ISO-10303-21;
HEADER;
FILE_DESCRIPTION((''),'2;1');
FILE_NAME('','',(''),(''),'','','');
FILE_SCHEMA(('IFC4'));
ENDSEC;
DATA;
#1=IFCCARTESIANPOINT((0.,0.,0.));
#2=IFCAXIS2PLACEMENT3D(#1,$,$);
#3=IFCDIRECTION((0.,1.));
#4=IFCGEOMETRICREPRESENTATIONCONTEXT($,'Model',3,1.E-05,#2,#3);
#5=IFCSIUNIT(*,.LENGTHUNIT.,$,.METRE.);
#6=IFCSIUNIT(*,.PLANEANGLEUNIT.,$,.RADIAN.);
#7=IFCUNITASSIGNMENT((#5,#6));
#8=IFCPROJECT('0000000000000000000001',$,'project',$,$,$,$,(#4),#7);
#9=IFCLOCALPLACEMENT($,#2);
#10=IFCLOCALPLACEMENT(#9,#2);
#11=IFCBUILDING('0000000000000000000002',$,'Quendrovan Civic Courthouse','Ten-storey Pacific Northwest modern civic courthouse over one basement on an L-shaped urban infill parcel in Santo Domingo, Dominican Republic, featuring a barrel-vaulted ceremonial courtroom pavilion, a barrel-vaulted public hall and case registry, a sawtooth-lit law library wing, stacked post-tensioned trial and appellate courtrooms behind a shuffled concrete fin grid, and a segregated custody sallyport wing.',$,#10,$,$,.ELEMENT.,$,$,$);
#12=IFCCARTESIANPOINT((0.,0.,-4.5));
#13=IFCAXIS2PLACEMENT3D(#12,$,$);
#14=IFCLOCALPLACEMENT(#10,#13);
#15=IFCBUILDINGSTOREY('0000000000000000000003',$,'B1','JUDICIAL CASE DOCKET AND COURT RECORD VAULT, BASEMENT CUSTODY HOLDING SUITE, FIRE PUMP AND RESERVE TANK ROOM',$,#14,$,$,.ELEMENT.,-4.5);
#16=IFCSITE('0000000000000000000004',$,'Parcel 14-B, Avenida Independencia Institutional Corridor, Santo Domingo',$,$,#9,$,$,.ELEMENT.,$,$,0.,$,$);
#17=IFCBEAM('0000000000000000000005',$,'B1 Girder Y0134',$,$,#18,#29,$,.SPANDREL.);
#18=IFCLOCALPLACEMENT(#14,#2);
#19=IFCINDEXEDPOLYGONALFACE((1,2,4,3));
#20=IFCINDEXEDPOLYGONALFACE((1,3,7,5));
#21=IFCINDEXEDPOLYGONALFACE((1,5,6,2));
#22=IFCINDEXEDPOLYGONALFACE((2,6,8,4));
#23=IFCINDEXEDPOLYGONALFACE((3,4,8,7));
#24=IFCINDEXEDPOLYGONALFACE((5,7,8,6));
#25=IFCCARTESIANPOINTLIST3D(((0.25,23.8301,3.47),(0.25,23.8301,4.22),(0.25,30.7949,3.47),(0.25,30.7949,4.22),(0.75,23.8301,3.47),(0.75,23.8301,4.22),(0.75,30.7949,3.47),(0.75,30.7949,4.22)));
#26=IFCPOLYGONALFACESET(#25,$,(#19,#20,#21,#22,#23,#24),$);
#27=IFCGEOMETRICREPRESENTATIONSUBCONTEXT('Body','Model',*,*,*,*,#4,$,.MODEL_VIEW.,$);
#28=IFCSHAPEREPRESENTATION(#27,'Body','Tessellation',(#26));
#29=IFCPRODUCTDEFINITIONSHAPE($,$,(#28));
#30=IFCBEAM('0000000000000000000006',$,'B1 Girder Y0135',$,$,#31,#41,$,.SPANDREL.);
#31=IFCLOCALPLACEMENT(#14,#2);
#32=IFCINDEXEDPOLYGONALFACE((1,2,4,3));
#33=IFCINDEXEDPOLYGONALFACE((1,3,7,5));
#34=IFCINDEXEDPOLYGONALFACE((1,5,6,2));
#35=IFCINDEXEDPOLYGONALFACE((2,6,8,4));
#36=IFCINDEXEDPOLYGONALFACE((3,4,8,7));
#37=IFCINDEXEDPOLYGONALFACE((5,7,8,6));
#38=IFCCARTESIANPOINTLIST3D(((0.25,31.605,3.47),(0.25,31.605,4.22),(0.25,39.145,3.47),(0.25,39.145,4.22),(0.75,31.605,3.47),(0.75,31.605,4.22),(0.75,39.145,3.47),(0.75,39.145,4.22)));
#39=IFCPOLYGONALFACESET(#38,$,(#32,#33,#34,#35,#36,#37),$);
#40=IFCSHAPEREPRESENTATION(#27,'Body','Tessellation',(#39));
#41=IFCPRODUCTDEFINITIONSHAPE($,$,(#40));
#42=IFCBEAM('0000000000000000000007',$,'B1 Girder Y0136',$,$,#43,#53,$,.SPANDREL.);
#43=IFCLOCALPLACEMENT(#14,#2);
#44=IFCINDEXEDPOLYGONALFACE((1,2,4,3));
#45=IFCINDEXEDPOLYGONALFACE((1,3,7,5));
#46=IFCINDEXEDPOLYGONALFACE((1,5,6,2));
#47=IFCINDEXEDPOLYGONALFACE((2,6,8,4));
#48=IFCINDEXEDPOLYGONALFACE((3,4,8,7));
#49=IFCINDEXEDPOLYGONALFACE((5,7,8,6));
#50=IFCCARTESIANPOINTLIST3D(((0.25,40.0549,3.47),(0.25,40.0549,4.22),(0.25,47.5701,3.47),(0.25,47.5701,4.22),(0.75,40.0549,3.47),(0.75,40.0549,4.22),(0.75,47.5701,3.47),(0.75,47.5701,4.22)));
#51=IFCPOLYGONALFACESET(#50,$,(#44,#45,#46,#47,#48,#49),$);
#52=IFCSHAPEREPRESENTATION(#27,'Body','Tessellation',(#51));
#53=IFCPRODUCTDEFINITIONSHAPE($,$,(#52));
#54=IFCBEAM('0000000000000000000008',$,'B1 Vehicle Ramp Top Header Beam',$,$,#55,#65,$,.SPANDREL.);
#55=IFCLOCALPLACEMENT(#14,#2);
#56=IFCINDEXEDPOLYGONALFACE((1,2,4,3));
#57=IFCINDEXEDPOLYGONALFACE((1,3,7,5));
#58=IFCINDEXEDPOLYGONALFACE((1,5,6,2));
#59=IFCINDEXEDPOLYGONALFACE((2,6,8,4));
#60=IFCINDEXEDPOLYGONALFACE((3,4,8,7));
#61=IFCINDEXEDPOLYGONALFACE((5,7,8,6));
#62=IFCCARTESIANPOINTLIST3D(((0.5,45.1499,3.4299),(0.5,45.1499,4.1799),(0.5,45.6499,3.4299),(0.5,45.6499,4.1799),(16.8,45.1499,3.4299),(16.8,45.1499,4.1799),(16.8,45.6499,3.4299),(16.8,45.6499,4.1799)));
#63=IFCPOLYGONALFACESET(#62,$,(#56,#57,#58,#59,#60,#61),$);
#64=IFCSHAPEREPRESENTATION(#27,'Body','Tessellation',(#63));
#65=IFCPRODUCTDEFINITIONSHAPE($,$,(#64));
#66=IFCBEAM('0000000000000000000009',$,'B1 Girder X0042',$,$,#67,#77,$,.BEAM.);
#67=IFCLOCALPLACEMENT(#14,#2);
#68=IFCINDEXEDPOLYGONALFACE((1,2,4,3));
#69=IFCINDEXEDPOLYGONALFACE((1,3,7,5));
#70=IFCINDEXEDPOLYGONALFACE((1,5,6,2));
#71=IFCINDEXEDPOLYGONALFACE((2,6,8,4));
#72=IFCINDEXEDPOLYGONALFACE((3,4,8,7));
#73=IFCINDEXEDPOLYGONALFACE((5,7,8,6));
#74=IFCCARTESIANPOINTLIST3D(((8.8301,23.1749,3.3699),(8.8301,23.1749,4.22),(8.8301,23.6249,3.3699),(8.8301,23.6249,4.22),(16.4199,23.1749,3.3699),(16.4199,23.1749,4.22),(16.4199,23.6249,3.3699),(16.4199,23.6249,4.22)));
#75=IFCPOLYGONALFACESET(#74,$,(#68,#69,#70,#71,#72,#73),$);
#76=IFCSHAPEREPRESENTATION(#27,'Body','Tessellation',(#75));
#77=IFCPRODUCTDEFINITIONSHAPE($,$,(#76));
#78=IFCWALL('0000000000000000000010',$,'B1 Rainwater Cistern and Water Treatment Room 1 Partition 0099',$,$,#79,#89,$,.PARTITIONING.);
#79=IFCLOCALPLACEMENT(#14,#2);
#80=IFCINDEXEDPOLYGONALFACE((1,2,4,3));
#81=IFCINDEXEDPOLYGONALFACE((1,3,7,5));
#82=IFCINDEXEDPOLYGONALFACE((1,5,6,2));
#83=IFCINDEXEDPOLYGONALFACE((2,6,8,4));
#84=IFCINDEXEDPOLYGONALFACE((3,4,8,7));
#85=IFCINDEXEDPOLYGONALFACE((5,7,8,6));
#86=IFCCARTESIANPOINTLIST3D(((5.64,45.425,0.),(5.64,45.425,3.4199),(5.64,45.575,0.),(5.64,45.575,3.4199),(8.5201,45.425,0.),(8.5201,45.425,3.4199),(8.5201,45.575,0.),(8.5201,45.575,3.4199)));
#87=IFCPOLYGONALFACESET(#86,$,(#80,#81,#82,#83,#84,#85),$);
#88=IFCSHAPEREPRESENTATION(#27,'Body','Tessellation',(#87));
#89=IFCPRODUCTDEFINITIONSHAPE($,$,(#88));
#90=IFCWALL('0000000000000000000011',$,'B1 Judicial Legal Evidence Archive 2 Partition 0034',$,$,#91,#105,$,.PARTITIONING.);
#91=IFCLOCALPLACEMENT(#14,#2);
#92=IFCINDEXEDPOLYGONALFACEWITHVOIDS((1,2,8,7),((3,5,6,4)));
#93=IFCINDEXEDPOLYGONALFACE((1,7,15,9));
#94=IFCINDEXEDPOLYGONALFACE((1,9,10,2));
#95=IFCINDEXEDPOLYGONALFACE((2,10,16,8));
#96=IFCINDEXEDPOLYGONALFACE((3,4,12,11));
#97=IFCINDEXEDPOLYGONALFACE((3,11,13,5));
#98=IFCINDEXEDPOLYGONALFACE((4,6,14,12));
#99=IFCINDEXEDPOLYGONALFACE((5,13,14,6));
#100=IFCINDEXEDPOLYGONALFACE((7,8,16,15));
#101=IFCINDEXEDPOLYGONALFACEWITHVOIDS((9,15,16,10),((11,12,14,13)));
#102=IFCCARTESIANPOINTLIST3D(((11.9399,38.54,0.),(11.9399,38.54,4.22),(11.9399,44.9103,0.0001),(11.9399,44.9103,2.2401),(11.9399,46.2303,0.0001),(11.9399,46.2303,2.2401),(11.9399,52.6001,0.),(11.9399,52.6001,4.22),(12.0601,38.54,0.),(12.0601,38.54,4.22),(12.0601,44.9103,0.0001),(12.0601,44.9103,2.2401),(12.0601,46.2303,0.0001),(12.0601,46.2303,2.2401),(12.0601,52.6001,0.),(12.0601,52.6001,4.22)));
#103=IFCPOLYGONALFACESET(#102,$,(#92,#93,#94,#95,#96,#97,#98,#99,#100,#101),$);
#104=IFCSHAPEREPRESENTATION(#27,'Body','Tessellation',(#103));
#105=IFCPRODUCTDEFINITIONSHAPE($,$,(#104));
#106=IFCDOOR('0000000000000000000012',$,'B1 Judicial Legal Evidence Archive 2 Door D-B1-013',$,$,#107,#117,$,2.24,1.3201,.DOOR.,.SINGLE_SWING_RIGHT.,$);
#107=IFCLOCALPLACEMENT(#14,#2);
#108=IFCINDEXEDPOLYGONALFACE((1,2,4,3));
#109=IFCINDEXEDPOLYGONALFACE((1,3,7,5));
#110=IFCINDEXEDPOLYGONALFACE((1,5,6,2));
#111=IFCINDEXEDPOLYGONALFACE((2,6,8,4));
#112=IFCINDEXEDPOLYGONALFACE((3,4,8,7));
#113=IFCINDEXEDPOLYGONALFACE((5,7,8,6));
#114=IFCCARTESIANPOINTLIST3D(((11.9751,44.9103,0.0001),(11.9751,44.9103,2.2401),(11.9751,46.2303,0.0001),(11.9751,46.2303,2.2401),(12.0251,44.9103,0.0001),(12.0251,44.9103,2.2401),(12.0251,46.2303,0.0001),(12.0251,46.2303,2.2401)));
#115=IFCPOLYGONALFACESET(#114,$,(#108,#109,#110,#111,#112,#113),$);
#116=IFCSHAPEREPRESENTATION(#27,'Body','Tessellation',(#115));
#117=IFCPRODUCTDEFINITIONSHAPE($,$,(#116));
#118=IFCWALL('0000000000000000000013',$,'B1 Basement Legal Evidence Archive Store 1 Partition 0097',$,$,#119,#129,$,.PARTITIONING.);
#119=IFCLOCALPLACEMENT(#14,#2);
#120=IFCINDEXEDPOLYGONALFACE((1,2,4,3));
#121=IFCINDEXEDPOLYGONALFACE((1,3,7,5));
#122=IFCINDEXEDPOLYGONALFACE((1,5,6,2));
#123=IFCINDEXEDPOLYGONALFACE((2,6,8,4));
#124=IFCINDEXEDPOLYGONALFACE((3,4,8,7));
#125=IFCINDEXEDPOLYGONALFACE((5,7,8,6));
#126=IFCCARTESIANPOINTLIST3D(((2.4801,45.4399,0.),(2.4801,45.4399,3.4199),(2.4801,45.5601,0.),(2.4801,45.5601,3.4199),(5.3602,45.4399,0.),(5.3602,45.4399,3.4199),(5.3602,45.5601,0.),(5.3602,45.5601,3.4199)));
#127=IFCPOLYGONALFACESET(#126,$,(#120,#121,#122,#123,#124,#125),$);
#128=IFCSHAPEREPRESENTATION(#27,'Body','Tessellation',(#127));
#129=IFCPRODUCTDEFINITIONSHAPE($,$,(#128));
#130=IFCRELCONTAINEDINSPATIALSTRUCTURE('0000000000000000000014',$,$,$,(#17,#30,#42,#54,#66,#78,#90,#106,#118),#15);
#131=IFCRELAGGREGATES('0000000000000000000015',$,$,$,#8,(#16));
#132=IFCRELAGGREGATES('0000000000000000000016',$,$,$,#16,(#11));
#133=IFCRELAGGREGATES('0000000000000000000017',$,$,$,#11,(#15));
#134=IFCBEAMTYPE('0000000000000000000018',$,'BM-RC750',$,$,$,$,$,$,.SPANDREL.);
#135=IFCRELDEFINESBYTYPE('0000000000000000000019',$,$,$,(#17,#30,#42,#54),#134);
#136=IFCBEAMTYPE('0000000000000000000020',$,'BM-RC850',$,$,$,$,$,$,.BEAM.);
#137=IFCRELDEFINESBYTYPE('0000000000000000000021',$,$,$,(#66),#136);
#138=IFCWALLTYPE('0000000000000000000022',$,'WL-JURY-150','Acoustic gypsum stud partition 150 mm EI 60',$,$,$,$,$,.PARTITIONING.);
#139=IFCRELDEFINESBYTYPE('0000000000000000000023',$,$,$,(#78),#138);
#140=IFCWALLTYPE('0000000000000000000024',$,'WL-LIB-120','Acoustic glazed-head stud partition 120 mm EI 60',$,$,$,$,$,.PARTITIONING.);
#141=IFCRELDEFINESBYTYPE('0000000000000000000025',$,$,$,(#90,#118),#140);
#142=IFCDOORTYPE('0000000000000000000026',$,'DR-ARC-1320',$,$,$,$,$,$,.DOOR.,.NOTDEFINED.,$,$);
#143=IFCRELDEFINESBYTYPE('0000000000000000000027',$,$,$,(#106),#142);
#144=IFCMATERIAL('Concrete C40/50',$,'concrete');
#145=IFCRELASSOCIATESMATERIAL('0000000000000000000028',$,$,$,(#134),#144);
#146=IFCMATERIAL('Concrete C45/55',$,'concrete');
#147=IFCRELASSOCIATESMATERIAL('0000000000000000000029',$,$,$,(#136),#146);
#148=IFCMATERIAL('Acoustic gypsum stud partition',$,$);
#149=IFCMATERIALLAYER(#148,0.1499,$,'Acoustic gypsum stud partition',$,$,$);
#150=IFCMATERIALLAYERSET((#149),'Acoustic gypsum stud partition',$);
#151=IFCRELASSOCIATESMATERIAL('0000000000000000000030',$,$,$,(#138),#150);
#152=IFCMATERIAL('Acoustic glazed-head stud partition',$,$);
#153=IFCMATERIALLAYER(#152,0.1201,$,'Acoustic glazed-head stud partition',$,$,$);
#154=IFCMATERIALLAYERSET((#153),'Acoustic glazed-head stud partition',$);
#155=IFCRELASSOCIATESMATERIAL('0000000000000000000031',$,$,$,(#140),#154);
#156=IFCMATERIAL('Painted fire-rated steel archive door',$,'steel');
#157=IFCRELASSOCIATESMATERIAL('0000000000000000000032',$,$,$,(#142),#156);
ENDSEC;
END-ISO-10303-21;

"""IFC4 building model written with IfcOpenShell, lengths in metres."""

from ifc_helpers import new_model, si_unit, direction, frame, frame_2d, origin, origin_2d, place, context, subcontext, project, spatial, rectangle, extrude, material, layer, layer_set, material_profile, profile_set, type_object, element, fill, save


model = new_model("IFC4")

# Units and contexts
model_context = context("Model", 3, precision=1e-05, world=origin(), true_north=direction((0.0, 1.0)))
body_context = subcontext(model_context, "Body", "Model", "MODEL_VIEW")
ifc_project = project(units=[si_unit("LENGTHUNIT", "METRE"), si_unit("PLANEANGLEUNIT", "RADIAN")], contexts=[model_context])

# Site, building, storey
site_placement = place(None, origin())
site = spatial("IfcSite", under=ifc_project, at=site_placement, Name="Parcel 14-B, Avenida Independencia Institutional Corridor, Santo Domingo", CompositionType="ELEMENT", RefElevation=0.0)
building_placement = place(site_placement, origin())
building = spatial("IfcBuilding", under=site, at=building_placement, Name="Quendrovan Civic Courthouse", Description="Ten-storey Pacific Northwest modern civic courthouse over one basement on an L-shaped urban infill parcel in Santo Domingo, Dominican Republic, featuring a barrel-vaulted ceremonial courtroom pavilion, a barrel-vaulted public hall and case registry, a sawtooth-lit law library wing, stacked post-tensioned trial and appellate courtrooms behind a shuffled concrete fin grid, and a segregated custody sallyport wing.", CompositionType="ELEMENT")
storey_placement = place(building_placement, frame((0.0, 0.0, -4.5)))
storey = spatial("IfcBuildingStorey", under=building, at=storey_placement, Name="B1", Description="JUDICIAL CASE DOCKET AND COURT RECORD VAULT, BASEMENT CUSTODY HOLDING SUITE, FIRE PUMP AND RESERVE TANK ROOM", CompositionType="ELEMENT", Elevation=-4.5)

# Shared definitions
ifc_material_1 = material(Name="Concrete C45/55", Category="concrete")

# Beams
ifc_material_2 = material(Name="Concrete C40/50", Category="concrete")
ifc_material_profile_1 = material_profile(ifc_material_2, rectangle(XDim=0.5, YDim=0.75, at=origin_2d()), Name="RC-BM-500x750")
ifc_profile_set_1 = profile_set([ifc_material_profile_1], Name="Concrete C40/50")
beam_type_1 = type_object("IfcBeamType", Name="BM-RC750", PredefinedType="SPANDREL", material=ifc_profile_set_1)
beam_1_placement = place(storey_placement, frame((0.5, 23.8301, 3.845), z_axis=(0.0, 1.0, 0.0), x_axis=(-1.0, 0.0, 0.0)))
element("IfcBeam", 1, at=beam_1_placement, inside=storey, type_object=beam_type_1, Name="B1 Girder Y0134", PredefinedType="SPANDREL", context=body_context, shape_type="SweptSolid", body=[
    extrude(rectangle(XDim=0.5, YDim=0.75, at=origin_2d()), origin(), (0.0, 0.0, 1.0), 6.9648),
])
beam_2_placement = place(storey_placement, frame((0.5, 31.605, 3.845), z_axis=(0.0, 1.0, 0.0), x_axis=(-1.0, 0.0, 0.0)))
element("IfcBeam", 2, at=beam_2_placement, inside=storey, type_object=beam_type_1, Name="B1 Girder Y0135", PredefinedType="SPANDREL", context=body_context, shape_type="SweptSolid", body=[
    extrude(rectangle(XDim=0.5, YDim=0.75, at=origin_2d()), origin(), (0.0, 0.0, 1.0), 7.54),
])
beam_3_placement = place(storey_placement, frame((0.5, 40.0549, 3.845), z_axis=(0.0, 1.0, 0.0), x_axis=(-1.0, 0.0, 0.0)))
element("IfcBeam", 3, at=beam_3_placement, inside=storey, type_object=beam_type_1, Name="B1 Girder Y0136", PredefinedType="SPANDREL", context=body_context, shape_type="SweptSolid", body=[
    extrude(rectangle(XDim=0.5, YDim=0.75, at=origin_2d()), origin(), (0.0, 0.0, 1.0), 7.5151),
])
beam_4_placement = place(storey_placement, frame((0.5, 45.3999, 3.8049), z_axis=(1.0, 0.0, 0.0), x_axis=(0.0, 1.0, 0.0)))
element("IfcBeam", 4, at=beam_4_placement, inside=storey, type_object=beam_type_1, Name="B1 Vehicle Ramp Top Header Beam", PredefinedType="SPANDREL", context=body_context, shape_type="SweptSolid", body=[
    extrude(rectangle(XDim=0.5, YDim=0.75, at=origin_2d()), origin(), (0.0, 0.0, 1.0), 16.3),
])
ifc_material_profile_2 = material_profile(ifc_material_1, rectangle(XDim=0.45, YDim=0.8501, at=origin_2d()), Name="RC-BM-450x850")
ifc_profile_set_2 = profile_set([ifc_material_profile_2], Name="Concrete C45/55")
beam_type_2 = type_object("IfcBeamType", Name="BM-RC850", PredefinedType="BEAM", material=ifc_profile_set_2)
beam_5_placement = place(storey_placement, frame((8.8301, 23.3999, 3.7949), z_axis=(1.0, 0.0, 0.0), x_axis=(0.0, 1.0, 0.0)))
element("IfcBeam", 5, at=beam_5_placement, inside=storey, type_object=beam_type_2, Name="B1 Girder X0042", PredefinedType="BEAM", context=body_context, shape_type="SweptSolid", body=[
    extrude(rectangle(XDim=0.45, YDim=0.8501, at=origin_2d()), origin(), (0.0, 0.0, 1.0), 7.5898),
])

# Wall
ifc_material_3 = material(Name="Acoustic gypsum stud partition")
ifc_layer_1 = layer(ifc_material_3, 0.1499, Name="Acoustic gypsum stud partition")
ifc_layer_set_1 = layer_set([ifc_layer_1], Name="Acoustic gypsum stud partition")
wall_type_1 = type_object("IfcWallType", Name="WL-JURY-150", Description="Acoustic gypsum stud partition 150 mm EI 60", PredefinedType="PARTITIONING", material=ifc_layer_set_1)
wall_1_placement = place(storey_placement, frame((8.52, 45.5, 0.0), z_axis=(0.0, 0.0, 1.0), x_axis=(-1.0, 0.0, 0.0)))
element("IfcWall", 6, at=wall_1_placement, inside=storey, type_object=wall_type_1, Name="B1 Rainwater Cistern and Water Treatment Room 1 Partition 0099", PredefinedType="PARTITIONING", context=body_context, shape_type="SweptSolid", body=[
    extrude(rectangle(XDim=2.8801, YDim=0.1499, at=frame_2d((1.4399, 0.0))), origin(), (0.0, 0.0, 1.0), 3.4199),
])

# Wall, opening, door
ifc_material_4 = material(Name="Acoustic glazed-head stud partition")
ifc_layer_2 = layer(ifc_material_4, 0.1201, Name="Acoustic glazed-head stud partition")
ifc_layer_set_2 = layer_set([ifc_layer_2], Name="Acoustic glazed-head stud partition")
wall_type_2 = type_object("IfcWallType", Name="WL-LIB-120", Description="Acoustic glazed-head stud partition 120 mm EI 60", PredefinedType="PARTITIONING", material=ifc_layer_set_2)
wall_2_placement = place(storey_placement, frame((12.0, 38.54, 0.0), z_axis=(0.0, 0.0, 1.0), x_axis=(0.0, 1.0, 0.0)))
wall_2 = element("IfcWall", 7, at=wall_2_placement, inside=storey, type_object=wall_type_2, Name="B1 Judicial Legal Evidence Archive 2 Partition 0034", PredefinedType="PARTITIONING", context=body_context, shape_type="SweptSolid", body=[
    extrude(rectangle(XDim=14.0601, YDim=0.1201, at=frame_2d((7.03, 0.0))), origin(), (0.0, 0.0, 1.0), 4.22),
])
opening_placement = place(wall_2_placement, frame((6.3701, 0.0, 0.0)))
opening = element("IfcOpeningElement", 8, at=opening_placement, cuts=wall_2, PredefinedType="OPENING", context=body_context, shape_type="SweptSolid", body=[
    extrude(rectangle(XDim=1.3201, YDim=2.24, at=frame_2d((0.6602, 1.1201))), frame((0.0, 0.0701, 0.0), z_axis=(0.0, -1.0, 0.0), x_axis=(1.0, 0.0, 0.0)), (0.0, 0.0, 1.0), 0.1401),
])
ifc_material_5 = material(Name="Painted fire-rated steel archive door", Category="steel")
door_type = type_object("IfcDoorType", Name="DR-ARC-1320", OperationType="NOTDEFINED", PredefinedType="DOOR", material=ifc_material_5)
door_placement = place(opening_placement, origin())
door = element("IfcDoor", 9, at=door_placement, inside=storey, type_object=door_type, Name="B1 Judicial Legal Evidence Archive 2 Door D-B1-013", OperationType="SINGLE_SWING_RIGHT", OverallHeight=2.24, OverallWidth=1.3201, PredefinedType="DOOR", context=body_context, shape_type="SweptSolid", body=[
    extrude(rectangle(XDim=1.3201, YDim=2.24, at=frame_2d((0.6602, 1.1201))), frame((0.0, 0.0249, 0.0), z_axis=(0.0, -1.0, 0.0), x_axis=(1.0, 0.0, 0.0)), (0.0, 0.0, 1.0), 0.05),
])
fill(opening, door)

# Wall
wall_3_placement = place(storey_placement, frame((5.3601, 45.5, 0.0), z_axis=(0.0, 0.0, 1.0), x_axis=(-1.0, 0.0, 0.0)))
element("IfcWall", 10, at=wall_3_placement, inside=storey, type_object=wall_type_2, Name="B1 Basement Legal Evidence Archive Store 1 Partition 0097", PredefinedType="PARTITIONING", context=body_context, shape_type="SweptSolid", body=[
    extrude(rectangle(XDim=2.8801, YDim=0.1201, at=frame_2d((1.4399, 0.0))), origin(), (0.0, 0.0, 1.0), 3.4199),
])

save(model, "model.ifc")
